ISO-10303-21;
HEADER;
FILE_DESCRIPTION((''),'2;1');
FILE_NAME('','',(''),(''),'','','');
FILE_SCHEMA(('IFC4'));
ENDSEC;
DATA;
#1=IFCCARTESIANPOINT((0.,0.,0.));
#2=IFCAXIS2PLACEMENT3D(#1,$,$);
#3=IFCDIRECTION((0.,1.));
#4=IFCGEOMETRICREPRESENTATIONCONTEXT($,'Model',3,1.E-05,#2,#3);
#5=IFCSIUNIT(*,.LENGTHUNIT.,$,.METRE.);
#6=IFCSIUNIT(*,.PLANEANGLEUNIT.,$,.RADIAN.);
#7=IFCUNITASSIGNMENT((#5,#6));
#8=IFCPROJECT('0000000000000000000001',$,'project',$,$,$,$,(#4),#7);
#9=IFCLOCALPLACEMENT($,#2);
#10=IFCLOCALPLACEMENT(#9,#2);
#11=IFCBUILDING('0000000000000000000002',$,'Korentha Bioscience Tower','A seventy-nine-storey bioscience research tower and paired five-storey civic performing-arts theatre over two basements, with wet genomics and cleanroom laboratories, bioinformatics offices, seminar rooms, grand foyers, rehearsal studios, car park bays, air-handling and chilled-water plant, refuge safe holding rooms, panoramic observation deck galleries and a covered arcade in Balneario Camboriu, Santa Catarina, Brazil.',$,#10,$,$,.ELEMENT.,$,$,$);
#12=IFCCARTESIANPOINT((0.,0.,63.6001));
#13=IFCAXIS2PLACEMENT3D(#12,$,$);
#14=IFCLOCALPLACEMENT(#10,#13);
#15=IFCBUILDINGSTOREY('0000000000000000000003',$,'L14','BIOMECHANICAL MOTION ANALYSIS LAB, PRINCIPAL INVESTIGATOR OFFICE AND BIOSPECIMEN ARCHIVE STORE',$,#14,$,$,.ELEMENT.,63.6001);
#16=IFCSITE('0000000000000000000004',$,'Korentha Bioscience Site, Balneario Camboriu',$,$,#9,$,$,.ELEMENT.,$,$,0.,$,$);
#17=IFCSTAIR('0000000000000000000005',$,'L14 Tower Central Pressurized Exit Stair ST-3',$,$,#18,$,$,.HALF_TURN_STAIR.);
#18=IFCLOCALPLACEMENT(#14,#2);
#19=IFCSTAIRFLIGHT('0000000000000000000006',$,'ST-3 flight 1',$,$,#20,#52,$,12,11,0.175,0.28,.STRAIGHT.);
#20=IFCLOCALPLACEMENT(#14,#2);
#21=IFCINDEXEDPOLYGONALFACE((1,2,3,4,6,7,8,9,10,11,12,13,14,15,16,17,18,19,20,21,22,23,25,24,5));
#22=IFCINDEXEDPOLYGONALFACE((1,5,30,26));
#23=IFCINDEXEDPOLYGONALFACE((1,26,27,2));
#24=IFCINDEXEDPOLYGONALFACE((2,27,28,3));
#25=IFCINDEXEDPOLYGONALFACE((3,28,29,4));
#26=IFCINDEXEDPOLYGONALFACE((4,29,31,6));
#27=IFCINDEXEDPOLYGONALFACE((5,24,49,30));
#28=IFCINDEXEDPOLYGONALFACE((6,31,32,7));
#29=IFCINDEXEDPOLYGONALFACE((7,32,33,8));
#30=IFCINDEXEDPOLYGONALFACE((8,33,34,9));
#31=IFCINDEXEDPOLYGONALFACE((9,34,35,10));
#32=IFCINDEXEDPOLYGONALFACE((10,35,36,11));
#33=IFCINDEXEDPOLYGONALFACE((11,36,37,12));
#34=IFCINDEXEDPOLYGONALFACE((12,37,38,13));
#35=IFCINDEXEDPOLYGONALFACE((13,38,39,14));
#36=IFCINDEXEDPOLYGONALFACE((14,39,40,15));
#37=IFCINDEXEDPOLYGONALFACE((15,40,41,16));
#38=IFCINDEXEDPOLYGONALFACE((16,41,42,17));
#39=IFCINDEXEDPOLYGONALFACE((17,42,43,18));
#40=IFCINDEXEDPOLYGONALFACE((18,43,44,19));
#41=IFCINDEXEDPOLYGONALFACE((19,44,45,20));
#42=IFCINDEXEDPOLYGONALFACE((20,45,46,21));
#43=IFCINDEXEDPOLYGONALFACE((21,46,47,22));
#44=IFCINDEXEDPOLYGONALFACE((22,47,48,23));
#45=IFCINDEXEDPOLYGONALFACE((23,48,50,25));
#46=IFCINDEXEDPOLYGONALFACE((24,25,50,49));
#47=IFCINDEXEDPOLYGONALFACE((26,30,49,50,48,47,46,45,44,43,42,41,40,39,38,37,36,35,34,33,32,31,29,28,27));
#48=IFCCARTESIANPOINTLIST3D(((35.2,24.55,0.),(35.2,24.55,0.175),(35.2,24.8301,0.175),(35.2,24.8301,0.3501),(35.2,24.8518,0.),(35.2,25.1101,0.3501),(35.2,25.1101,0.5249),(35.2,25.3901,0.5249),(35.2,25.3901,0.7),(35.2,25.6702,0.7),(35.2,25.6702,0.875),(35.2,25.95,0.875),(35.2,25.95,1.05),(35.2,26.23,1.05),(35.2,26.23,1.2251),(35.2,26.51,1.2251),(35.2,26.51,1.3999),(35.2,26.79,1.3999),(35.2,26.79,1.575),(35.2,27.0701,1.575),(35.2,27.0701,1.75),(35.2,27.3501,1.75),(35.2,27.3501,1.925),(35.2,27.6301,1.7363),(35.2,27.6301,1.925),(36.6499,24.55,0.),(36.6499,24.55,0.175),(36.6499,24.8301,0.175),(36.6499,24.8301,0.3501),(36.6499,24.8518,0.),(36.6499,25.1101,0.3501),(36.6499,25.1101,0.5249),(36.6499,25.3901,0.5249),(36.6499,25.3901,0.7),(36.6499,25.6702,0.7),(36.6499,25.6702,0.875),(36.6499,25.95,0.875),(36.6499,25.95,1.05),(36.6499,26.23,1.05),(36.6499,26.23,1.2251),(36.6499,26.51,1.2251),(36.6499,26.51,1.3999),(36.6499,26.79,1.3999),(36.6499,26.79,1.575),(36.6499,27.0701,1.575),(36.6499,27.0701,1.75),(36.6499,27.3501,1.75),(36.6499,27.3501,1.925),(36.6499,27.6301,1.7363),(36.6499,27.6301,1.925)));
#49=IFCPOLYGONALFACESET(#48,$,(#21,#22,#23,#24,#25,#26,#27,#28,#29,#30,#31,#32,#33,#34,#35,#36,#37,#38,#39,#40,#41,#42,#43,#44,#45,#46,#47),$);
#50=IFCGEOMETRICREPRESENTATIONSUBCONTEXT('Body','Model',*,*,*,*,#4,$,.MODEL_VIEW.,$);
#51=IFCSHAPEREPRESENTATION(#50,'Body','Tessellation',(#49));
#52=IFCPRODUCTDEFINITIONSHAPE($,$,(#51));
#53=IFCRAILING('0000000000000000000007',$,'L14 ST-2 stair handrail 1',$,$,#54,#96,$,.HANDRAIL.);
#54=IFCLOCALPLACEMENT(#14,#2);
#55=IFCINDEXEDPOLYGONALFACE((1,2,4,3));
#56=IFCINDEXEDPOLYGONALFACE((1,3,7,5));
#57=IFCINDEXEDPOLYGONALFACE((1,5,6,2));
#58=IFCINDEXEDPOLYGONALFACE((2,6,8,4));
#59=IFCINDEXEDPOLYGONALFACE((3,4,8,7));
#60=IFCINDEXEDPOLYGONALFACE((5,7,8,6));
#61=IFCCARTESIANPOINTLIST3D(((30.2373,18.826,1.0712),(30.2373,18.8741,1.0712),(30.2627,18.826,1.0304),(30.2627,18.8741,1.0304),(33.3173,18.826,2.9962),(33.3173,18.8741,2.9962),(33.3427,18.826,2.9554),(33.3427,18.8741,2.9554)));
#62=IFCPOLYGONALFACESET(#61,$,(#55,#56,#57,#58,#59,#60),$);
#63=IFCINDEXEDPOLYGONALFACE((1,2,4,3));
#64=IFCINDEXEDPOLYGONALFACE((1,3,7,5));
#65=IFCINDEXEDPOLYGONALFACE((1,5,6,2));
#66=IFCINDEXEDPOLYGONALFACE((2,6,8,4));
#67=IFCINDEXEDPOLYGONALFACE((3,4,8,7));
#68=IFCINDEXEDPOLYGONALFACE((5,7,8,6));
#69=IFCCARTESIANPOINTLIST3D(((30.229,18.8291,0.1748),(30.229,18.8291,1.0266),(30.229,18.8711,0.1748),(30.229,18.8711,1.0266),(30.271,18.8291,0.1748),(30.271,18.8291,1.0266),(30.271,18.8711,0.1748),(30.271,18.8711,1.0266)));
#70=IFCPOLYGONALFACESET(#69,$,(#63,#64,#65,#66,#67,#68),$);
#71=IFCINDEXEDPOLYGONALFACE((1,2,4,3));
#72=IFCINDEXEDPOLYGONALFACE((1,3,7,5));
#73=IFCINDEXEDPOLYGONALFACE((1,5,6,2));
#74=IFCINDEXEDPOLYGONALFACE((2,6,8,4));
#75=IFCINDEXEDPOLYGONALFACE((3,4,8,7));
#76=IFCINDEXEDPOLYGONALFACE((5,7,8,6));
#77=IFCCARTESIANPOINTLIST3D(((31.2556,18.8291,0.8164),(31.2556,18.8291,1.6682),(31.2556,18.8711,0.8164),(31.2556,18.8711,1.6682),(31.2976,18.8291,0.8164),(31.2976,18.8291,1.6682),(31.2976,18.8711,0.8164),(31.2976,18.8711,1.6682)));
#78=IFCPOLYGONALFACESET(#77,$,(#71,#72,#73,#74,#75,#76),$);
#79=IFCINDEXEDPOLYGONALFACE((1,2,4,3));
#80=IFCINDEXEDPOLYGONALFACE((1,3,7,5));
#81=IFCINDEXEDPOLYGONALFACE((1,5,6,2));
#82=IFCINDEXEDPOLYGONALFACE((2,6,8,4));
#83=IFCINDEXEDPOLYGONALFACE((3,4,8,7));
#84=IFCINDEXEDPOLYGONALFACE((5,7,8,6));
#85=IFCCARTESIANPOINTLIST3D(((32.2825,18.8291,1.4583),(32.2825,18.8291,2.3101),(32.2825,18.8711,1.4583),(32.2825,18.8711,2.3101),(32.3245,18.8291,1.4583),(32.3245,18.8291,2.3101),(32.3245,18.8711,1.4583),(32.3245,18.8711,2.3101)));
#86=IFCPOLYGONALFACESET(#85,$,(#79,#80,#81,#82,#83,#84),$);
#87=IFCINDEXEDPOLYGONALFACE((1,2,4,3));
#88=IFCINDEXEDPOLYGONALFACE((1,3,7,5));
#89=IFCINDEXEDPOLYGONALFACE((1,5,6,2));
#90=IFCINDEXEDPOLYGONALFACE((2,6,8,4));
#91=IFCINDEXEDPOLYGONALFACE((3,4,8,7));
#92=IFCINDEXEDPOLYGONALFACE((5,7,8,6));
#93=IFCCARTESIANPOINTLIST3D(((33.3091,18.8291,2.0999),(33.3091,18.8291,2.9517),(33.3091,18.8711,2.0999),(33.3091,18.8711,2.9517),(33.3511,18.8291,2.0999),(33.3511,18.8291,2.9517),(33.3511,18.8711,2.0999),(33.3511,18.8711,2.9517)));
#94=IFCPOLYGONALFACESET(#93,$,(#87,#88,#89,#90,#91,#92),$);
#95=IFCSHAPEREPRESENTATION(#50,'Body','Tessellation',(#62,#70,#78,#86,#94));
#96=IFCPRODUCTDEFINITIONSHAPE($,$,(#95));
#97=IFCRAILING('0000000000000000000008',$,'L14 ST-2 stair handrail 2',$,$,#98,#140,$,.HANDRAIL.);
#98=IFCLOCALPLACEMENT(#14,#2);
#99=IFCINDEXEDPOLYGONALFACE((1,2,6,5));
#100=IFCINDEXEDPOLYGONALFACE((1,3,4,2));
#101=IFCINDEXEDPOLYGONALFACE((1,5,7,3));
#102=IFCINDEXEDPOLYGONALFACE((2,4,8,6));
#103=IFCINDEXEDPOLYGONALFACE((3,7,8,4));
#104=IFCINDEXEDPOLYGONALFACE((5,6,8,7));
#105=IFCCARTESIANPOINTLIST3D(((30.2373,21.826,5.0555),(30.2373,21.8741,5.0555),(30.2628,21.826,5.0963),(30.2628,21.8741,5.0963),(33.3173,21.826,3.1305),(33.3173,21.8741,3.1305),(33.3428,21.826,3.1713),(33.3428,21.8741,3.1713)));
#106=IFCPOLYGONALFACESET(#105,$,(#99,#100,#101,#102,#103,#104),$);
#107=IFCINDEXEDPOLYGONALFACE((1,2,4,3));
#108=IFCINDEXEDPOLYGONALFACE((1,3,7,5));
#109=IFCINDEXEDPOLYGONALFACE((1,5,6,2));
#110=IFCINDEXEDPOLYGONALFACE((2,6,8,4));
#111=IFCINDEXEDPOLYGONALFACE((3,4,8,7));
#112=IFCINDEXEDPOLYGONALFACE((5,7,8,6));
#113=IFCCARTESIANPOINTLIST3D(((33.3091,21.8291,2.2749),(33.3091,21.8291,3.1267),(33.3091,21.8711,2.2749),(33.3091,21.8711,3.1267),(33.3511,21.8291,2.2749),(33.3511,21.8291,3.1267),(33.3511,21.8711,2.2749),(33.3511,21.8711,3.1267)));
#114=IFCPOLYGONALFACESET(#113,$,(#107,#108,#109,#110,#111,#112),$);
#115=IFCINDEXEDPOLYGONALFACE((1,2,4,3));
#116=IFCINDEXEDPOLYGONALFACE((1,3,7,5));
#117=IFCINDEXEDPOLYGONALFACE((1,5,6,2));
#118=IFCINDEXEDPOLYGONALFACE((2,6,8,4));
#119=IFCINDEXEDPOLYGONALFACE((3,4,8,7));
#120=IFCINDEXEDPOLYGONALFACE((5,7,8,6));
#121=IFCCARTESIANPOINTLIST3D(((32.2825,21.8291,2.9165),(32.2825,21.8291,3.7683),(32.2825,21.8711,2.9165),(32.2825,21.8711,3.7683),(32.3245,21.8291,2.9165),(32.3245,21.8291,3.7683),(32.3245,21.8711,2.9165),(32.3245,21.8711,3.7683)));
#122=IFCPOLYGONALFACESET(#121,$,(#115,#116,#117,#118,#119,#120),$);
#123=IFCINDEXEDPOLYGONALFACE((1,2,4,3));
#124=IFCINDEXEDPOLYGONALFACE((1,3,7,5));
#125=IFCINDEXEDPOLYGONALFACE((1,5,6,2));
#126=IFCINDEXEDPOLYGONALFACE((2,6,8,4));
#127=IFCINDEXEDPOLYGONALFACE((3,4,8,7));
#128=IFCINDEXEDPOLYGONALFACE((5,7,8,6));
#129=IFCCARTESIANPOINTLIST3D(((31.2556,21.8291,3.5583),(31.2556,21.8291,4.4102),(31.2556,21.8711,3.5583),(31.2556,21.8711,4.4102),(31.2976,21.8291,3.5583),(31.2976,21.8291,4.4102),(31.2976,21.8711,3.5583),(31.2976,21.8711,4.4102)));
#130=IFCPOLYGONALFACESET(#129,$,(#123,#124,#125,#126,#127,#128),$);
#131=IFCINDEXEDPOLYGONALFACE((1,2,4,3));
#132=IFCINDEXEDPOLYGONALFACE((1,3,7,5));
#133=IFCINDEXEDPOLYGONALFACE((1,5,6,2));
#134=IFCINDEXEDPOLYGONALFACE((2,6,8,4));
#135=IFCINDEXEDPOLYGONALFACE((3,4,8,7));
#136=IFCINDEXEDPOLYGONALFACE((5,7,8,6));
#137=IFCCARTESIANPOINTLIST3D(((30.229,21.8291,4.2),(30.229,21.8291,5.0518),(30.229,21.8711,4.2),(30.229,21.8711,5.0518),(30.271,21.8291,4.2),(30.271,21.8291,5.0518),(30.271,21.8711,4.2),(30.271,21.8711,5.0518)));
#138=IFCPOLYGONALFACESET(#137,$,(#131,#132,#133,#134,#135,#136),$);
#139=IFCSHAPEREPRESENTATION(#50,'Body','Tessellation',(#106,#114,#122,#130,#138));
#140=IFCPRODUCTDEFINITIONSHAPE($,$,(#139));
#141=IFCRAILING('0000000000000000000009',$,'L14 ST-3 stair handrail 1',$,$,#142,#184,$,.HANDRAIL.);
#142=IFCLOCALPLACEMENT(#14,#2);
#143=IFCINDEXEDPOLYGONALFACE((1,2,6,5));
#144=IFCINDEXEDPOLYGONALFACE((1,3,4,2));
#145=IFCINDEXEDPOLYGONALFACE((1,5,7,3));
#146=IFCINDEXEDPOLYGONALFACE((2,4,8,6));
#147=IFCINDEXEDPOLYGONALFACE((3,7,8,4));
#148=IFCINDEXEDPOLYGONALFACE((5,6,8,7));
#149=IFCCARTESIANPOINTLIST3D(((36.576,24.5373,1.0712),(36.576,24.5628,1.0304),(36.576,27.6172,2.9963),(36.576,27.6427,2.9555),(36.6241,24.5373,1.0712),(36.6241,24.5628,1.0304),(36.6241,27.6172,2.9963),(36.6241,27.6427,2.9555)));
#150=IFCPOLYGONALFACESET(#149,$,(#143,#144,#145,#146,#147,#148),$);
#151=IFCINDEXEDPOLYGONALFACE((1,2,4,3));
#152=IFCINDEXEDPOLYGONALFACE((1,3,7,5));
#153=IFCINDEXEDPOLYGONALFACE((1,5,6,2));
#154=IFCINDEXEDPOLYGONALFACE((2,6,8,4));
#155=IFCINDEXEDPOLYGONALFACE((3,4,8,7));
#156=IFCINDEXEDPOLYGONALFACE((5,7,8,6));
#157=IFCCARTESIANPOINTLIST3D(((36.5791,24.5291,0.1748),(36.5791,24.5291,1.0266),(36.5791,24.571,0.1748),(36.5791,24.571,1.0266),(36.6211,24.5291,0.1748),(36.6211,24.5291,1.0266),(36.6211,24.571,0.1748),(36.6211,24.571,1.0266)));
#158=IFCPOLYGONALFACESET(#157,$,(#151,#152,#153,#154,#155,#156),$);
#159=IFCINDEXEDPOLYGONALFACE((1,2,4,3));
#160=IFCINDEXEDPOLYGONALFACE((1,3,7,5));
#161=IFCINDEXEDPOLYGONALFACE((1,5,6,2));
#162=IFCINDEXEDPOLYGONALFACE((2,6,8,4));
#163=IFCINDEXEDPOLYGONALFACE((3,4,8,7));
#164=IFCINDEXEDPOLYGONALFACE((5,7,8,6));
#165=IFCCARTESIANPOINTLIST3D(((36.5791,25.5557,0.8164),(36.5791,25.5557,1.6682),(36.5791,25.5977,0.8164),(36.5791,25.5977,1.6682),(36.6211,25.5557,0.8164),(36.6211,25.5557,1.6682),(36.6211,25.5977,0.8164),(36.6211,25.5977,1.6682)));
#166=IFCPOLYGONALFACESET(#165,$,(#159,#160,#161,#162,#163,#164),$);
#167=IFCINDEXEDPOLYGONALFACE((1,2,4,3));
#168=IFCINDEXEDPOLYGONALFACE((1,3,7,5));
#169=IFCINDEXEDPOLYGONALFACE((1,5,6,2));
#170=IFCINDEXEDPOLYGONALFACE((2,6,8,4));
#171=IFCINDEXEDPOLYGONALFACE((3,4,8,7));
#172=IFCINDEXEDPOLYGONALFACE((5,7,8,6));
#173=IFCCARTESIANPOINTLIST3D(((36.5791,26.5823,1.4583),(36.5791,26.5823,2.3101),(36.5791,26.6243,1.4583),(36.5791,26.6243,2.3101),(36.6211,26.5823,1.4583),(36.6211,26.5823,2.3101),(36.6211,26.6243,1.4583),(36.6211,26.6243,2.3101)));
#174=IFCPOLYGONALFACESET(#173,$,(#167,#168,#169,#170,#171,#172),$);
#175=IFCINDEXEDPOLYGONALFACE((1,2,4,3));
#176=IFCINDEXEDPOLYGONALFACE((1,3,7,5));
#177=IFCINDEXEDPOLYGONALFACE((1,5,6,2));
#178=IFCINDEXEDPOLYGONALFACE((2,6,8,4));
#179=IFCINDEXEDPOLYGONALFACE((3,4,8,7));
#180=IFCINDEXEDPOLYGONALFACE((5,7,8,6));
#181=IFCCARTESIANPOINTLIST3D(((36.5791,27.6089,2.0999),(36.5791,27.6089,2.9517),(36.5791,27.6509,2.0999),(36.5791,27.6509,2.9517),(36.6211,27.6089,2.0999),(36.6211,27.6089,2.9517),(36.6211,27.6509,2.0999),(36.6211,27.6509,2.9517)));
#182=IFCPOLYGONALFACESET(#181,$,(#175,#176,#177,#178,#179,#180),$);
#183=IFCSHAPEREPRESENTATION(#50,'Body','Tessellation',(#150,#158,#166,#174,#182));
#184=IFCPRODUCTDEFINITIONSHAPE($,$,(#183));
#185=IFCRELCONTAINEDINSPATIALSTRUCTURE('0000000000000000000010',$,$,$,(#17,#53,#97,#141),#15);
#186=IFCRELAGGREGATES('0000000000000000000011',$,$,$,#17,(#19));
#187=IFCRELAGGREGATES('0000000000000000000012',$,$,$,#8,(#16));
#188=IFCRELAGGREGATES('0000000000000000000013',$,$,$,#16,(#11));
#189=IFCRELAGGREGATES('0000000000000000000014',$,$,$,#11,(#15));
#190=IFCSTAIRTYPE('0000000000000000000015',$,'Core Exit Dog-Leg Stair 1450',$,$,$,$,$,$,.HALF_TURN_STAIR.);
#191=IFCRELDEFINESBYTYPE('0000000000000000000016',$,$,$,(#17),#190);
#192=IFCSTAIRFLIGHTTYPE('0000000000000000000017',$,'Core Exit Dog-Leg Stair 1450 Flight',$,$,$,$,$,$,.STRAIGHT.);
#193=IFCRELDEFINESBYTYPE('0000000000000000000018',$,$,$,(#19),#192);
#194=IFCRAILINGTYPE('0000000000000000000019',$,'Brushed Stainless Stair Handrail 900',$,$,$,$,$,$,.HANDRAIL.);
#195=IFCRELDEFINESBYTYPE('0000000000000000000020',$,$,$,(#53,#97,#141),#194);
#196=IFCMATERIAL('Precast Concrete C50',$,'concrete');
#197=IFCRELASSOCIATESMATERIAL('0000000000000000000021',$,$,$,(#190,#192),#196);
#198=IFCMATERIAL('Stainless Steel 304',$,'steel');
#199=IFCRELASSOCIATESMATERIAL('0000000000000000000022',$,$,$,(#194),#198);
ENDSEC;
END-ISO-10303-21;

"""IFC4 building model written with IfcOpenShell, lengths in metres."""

from ifc_helpers import new_model, si_unit, direction, frame, origin, origin_2d, place, context, subcontext, project, spatial, polyline, rectangle, outline, extrude, material, type_object, element, aggregate, save


model = new_model("IFC4")

# Units and contexts
model_context = context("Model", 3, precision=1e-05, world=origin(), true_north=direction((0.0, 1.0)))
body_context = subcontext(model_context, "Body", "Model", "MODEL_VIEW")
ifc_project = project(units=[si_unit("LENGTHUNIT", "METRE"), si_unit("PLANEANGLEUNIT", "RADIAN")], contexts=[model_context])

# Site, building, storey
site_placement = place(None, origin())
site = spatial("IfcSite", under=ifc_project, at=site_placement, Name="Korentha Bioscience Site, Balneario Camboriu", CompositionType="ELEMENT", RefElevation=0.0)
building_placement = place(site_placement, origin())
building = spatial("IfcBuilding", under=site, at=building_placement, Name="Korentha Bioscience Tower", Description="A seventy-nine-storey bioscience research tower and paired five-storey civic performing-arts theatre over two basements, with wet genomics and cleanroom laboratories, bioinformatics offices, seminar rooms, grand foyers, rehearsal studios, car park bays, air-handling and chilled-water plant, refuge safe holding rooms, panoramic observation deck galleries and a covered arcade in Balneario Camboriu, Santa Catarina, Brazil.", CompositionType="ELEMENT")
storey_placement = place(building_placement, frame((0.0, 0.0, 63.6001)))
storey = spatial("IfcBuildingStorey", under=building, at=storey_placement, Name="L14", Description="BIOMECHANICAL MOTION ANALYSIS LAB, PRINCIPAL INVESTIGATOR OFFICE AND BIOSPECIMEN ARCHIVE STORE", CompositionType="ELEMENT", Elevation=63.6001)

# Shared definitions
ifc_material_1 = material(Name="Precast Concrete C50", Category="concrete")
stair_type = type_object("IfcStairType", Name="Core Exit Dog-Leg Stair 1450", PredefinedType="HALF_TURN_STAIR", material=ifc_material_1)
stair_flight_type = type_object("IfcStairFlightType", Name="Core Exit Dog-Leg Stair 1450 Flight", PredefinedType="STRAIGHT", material=ifc_material_1)

# Stair, stair flight
stair_1_placement = place(storey_placement, origin())
stair_1 = element("IfcStair", 1, at=stair_1_placement, inside=storey, type_object=stair_type, Name="L14 Tower Central Pressurized Exit Stair ST-3", PredefinedType="HALF_TURN_STAIR")
stair_flight_1_placement = place(storey_placement, frame((35.925, 24.55, 0.0), z_axis=(0.0, 0.0, 1.0), x_axis=(0.0, 1.0, 0.0)))
stair_flight_1 = element("IfcStairFlight", 2, at=stair_flight_1_placement, type_object=stair_flight_type, Name="ST-3 flight 1", NumberOfRisers=12, NumberOfTreads=11, PredefinedType="STRAIGHT", RiserHeight=0.175, TreadLength=0.28, context=body_context, shape_type="SweptSolid", body=[
    extrude(outline(polyline([(0.0, 0.0), (0.0, 0.175), (0.28, 0.175), (0.28, 0.3501), (0.5601, 0.3501), (0.5601, 0.5249), (0.8401, 0.5249), (0.8401, 0.7), (1.1201, 0.7), (1.1201, 0.875), (1.3999, 0.875), (1.3999, 1.05), (1.6799, 1.05), (1.6799, 1.2251), (1.96, 1.2251), (1.96, 1.3999), (2.24, 1.3999), (2.24, 1.575), (2.52, 1.575), (2.52, 1.75), (2.8, 1.75), (2.8, 1.925), (3.0801, 1.925), (3.0801, 2.1001), (3.0801, 1.7363), (0.3018, 0.0), (0.0, 0.0)])), frame((0.0, 0.7251, 0.0), z_axis=(0.0, -1.0, 0.0), x_axis=(1.0, 0.0, 0.0)), (0.0, 0.0, 1.0), 1.45),
])
aggregate(stair_1, [stair_flight_1])

# Railings
ifc_material_2 = material(Name="Stainless Steel 304", Category="steel")
railing_type_1 = type_object("IfcRailingType", Name="Brushed Stainless Stair Handrail 900", PredefinedType="HANDRAIL", material=ifc_material_2)
railing_1_placement = place(storey_placement, frame((30.25, 18.8501, 0.1748)))
element("IfcRailing", 3, at=railing_1_placement, inside=storey, type_object=railing_type_1, Name="L14 ST-2 stair handrail 1", PredefinedType="HANDRAIL", context=body_context, shape_type="SweptSolid", body=[
    extrude(rectangle(XDim=0.0481, YDim=0.0481, at=origin_2d()), frame((0.0, 0.0, 0.876), z_axis=(0.847998, 0.0, 0.529999), x_axis=(0.0, 1.0, 0.0)), (0.0, 0.0, 1.0), 3.6321),
    extrude(rectangle(XDim=0.042, YDim=0.042, at=origin_2d()), origin(), (0.0, 0.0, 1.0), 0.8518),
    extrude(rectangle(XDim=0.042, YDim=0.042, at=origin_2d()), frame((1.0266, 0.0, 0.6416)), (0.0, 0.0, 1.0), 0.8518),
    extrude(rectangle(XDim=0.042, YDim=0.042, at=origin_2d()), frame((2.0535, 0.0, 1.2834)), (0.0, 0.0, 1.0), 0.8518),
    extrude(rectangle(XDim=0.042, YDim=0.042, at=origin_2d()), frame((3.0801, 0.0, 1.925)), (0.0, 0.0, 1.0), 0.8518),
])
railing_2_placement = place(storey_placement, frame((33.3301, 21.8501, 2.2749)))
element("IfcRailing", 4, at=railing_2_placement, inside=storey, type_object=railing_type_1, Name="L14 ST-2 stair handrail 2", PredefinedType="HANDRAIL", context=body_context, shape_type="SweptSolid", body=[
    extrude(rectangle(XDim=0.0481, YDim=0.0481, at=origin_2d()), frame((0.0, 0.0, 0.876), z_axis=(-0.847998, 0.0, 0.529999), x_axis=(0.0, -1.0, 0.0)), (0.0, 0.0, 1.0), 3.6321),
    extrude(rectangle(XDim=0.042, YDim=0.042, at=origin_2d()), origin(), (0.0, 0.0, 1.0), 0.8518),
    extrude(rectangle(XDim=0.042, YDim=0.042, at=origin_2d()), frame((-1.0266, 0.0, 0.6416)), (0.0, 0.0, 1.0), 0.8518),
    extrude(rectangle(XDim=0.042, YDim=0.042, at=origin_2d()), frame((-2.0535, 0.0, 1.2834)), (0.0, 0.0, 1.0), 0.8518),
    extrude(rectangle(XDim=0.042, YDim=0.042, at=origin_2d()), frame((-3.0801, 0.0, 1.925)), (0.0, 0.0, 1.0), 0.8518),
])
railing_3_placement = place(storey_placement, frame((36.6001, 24.55, 0.1748)))
element("IfcRailing", 5, at=railing_3_placement, inside=storey, type_object=railing_type_1, Name="L14 ST-3 stair handrail 1", PredefinedType="HANDRAIL", context=body_context, shape_type="SweptSolid", body=[
    extrude(rectangle(XDim=0.0481, YDim=0.0481, at=origin_2d()), frame((0.0, 0.0, 0.876), z_axis=(0.0, 0.847979, 0.530029), x_axis=(-1.0, 0.0, 0.0)), (0.0, 0.0, 1.0), 3.6321),
    extrude(rectangle(XDim=0.042, YDim=0.042, at=origin_2d()), origin(), (0.0, 0.0, 1.0), 0.8518),
    extrude(rectangle(XDim=0.042, YDim=0.042, at=origin_2d()), frame((0.0, 1.0266, 0.6416)), (0.0, 0.0, 1.0), 0.8518),
    extrude(rectangle(XDim=0.042, YDim=0.042, at=origin_2d()), frame((0.0, 2.0532, 1.2834)), (0.0, 0.0, 1.0), 0.8518),
    extrude(rectangle(XDim=0.042, YDim=0.042, at=origin_2d()), frame((0.0, 3.0798, 1.925)), (0.0, 0.0, 1.0), 0.8518),
])

save(model, "model.ifc")
